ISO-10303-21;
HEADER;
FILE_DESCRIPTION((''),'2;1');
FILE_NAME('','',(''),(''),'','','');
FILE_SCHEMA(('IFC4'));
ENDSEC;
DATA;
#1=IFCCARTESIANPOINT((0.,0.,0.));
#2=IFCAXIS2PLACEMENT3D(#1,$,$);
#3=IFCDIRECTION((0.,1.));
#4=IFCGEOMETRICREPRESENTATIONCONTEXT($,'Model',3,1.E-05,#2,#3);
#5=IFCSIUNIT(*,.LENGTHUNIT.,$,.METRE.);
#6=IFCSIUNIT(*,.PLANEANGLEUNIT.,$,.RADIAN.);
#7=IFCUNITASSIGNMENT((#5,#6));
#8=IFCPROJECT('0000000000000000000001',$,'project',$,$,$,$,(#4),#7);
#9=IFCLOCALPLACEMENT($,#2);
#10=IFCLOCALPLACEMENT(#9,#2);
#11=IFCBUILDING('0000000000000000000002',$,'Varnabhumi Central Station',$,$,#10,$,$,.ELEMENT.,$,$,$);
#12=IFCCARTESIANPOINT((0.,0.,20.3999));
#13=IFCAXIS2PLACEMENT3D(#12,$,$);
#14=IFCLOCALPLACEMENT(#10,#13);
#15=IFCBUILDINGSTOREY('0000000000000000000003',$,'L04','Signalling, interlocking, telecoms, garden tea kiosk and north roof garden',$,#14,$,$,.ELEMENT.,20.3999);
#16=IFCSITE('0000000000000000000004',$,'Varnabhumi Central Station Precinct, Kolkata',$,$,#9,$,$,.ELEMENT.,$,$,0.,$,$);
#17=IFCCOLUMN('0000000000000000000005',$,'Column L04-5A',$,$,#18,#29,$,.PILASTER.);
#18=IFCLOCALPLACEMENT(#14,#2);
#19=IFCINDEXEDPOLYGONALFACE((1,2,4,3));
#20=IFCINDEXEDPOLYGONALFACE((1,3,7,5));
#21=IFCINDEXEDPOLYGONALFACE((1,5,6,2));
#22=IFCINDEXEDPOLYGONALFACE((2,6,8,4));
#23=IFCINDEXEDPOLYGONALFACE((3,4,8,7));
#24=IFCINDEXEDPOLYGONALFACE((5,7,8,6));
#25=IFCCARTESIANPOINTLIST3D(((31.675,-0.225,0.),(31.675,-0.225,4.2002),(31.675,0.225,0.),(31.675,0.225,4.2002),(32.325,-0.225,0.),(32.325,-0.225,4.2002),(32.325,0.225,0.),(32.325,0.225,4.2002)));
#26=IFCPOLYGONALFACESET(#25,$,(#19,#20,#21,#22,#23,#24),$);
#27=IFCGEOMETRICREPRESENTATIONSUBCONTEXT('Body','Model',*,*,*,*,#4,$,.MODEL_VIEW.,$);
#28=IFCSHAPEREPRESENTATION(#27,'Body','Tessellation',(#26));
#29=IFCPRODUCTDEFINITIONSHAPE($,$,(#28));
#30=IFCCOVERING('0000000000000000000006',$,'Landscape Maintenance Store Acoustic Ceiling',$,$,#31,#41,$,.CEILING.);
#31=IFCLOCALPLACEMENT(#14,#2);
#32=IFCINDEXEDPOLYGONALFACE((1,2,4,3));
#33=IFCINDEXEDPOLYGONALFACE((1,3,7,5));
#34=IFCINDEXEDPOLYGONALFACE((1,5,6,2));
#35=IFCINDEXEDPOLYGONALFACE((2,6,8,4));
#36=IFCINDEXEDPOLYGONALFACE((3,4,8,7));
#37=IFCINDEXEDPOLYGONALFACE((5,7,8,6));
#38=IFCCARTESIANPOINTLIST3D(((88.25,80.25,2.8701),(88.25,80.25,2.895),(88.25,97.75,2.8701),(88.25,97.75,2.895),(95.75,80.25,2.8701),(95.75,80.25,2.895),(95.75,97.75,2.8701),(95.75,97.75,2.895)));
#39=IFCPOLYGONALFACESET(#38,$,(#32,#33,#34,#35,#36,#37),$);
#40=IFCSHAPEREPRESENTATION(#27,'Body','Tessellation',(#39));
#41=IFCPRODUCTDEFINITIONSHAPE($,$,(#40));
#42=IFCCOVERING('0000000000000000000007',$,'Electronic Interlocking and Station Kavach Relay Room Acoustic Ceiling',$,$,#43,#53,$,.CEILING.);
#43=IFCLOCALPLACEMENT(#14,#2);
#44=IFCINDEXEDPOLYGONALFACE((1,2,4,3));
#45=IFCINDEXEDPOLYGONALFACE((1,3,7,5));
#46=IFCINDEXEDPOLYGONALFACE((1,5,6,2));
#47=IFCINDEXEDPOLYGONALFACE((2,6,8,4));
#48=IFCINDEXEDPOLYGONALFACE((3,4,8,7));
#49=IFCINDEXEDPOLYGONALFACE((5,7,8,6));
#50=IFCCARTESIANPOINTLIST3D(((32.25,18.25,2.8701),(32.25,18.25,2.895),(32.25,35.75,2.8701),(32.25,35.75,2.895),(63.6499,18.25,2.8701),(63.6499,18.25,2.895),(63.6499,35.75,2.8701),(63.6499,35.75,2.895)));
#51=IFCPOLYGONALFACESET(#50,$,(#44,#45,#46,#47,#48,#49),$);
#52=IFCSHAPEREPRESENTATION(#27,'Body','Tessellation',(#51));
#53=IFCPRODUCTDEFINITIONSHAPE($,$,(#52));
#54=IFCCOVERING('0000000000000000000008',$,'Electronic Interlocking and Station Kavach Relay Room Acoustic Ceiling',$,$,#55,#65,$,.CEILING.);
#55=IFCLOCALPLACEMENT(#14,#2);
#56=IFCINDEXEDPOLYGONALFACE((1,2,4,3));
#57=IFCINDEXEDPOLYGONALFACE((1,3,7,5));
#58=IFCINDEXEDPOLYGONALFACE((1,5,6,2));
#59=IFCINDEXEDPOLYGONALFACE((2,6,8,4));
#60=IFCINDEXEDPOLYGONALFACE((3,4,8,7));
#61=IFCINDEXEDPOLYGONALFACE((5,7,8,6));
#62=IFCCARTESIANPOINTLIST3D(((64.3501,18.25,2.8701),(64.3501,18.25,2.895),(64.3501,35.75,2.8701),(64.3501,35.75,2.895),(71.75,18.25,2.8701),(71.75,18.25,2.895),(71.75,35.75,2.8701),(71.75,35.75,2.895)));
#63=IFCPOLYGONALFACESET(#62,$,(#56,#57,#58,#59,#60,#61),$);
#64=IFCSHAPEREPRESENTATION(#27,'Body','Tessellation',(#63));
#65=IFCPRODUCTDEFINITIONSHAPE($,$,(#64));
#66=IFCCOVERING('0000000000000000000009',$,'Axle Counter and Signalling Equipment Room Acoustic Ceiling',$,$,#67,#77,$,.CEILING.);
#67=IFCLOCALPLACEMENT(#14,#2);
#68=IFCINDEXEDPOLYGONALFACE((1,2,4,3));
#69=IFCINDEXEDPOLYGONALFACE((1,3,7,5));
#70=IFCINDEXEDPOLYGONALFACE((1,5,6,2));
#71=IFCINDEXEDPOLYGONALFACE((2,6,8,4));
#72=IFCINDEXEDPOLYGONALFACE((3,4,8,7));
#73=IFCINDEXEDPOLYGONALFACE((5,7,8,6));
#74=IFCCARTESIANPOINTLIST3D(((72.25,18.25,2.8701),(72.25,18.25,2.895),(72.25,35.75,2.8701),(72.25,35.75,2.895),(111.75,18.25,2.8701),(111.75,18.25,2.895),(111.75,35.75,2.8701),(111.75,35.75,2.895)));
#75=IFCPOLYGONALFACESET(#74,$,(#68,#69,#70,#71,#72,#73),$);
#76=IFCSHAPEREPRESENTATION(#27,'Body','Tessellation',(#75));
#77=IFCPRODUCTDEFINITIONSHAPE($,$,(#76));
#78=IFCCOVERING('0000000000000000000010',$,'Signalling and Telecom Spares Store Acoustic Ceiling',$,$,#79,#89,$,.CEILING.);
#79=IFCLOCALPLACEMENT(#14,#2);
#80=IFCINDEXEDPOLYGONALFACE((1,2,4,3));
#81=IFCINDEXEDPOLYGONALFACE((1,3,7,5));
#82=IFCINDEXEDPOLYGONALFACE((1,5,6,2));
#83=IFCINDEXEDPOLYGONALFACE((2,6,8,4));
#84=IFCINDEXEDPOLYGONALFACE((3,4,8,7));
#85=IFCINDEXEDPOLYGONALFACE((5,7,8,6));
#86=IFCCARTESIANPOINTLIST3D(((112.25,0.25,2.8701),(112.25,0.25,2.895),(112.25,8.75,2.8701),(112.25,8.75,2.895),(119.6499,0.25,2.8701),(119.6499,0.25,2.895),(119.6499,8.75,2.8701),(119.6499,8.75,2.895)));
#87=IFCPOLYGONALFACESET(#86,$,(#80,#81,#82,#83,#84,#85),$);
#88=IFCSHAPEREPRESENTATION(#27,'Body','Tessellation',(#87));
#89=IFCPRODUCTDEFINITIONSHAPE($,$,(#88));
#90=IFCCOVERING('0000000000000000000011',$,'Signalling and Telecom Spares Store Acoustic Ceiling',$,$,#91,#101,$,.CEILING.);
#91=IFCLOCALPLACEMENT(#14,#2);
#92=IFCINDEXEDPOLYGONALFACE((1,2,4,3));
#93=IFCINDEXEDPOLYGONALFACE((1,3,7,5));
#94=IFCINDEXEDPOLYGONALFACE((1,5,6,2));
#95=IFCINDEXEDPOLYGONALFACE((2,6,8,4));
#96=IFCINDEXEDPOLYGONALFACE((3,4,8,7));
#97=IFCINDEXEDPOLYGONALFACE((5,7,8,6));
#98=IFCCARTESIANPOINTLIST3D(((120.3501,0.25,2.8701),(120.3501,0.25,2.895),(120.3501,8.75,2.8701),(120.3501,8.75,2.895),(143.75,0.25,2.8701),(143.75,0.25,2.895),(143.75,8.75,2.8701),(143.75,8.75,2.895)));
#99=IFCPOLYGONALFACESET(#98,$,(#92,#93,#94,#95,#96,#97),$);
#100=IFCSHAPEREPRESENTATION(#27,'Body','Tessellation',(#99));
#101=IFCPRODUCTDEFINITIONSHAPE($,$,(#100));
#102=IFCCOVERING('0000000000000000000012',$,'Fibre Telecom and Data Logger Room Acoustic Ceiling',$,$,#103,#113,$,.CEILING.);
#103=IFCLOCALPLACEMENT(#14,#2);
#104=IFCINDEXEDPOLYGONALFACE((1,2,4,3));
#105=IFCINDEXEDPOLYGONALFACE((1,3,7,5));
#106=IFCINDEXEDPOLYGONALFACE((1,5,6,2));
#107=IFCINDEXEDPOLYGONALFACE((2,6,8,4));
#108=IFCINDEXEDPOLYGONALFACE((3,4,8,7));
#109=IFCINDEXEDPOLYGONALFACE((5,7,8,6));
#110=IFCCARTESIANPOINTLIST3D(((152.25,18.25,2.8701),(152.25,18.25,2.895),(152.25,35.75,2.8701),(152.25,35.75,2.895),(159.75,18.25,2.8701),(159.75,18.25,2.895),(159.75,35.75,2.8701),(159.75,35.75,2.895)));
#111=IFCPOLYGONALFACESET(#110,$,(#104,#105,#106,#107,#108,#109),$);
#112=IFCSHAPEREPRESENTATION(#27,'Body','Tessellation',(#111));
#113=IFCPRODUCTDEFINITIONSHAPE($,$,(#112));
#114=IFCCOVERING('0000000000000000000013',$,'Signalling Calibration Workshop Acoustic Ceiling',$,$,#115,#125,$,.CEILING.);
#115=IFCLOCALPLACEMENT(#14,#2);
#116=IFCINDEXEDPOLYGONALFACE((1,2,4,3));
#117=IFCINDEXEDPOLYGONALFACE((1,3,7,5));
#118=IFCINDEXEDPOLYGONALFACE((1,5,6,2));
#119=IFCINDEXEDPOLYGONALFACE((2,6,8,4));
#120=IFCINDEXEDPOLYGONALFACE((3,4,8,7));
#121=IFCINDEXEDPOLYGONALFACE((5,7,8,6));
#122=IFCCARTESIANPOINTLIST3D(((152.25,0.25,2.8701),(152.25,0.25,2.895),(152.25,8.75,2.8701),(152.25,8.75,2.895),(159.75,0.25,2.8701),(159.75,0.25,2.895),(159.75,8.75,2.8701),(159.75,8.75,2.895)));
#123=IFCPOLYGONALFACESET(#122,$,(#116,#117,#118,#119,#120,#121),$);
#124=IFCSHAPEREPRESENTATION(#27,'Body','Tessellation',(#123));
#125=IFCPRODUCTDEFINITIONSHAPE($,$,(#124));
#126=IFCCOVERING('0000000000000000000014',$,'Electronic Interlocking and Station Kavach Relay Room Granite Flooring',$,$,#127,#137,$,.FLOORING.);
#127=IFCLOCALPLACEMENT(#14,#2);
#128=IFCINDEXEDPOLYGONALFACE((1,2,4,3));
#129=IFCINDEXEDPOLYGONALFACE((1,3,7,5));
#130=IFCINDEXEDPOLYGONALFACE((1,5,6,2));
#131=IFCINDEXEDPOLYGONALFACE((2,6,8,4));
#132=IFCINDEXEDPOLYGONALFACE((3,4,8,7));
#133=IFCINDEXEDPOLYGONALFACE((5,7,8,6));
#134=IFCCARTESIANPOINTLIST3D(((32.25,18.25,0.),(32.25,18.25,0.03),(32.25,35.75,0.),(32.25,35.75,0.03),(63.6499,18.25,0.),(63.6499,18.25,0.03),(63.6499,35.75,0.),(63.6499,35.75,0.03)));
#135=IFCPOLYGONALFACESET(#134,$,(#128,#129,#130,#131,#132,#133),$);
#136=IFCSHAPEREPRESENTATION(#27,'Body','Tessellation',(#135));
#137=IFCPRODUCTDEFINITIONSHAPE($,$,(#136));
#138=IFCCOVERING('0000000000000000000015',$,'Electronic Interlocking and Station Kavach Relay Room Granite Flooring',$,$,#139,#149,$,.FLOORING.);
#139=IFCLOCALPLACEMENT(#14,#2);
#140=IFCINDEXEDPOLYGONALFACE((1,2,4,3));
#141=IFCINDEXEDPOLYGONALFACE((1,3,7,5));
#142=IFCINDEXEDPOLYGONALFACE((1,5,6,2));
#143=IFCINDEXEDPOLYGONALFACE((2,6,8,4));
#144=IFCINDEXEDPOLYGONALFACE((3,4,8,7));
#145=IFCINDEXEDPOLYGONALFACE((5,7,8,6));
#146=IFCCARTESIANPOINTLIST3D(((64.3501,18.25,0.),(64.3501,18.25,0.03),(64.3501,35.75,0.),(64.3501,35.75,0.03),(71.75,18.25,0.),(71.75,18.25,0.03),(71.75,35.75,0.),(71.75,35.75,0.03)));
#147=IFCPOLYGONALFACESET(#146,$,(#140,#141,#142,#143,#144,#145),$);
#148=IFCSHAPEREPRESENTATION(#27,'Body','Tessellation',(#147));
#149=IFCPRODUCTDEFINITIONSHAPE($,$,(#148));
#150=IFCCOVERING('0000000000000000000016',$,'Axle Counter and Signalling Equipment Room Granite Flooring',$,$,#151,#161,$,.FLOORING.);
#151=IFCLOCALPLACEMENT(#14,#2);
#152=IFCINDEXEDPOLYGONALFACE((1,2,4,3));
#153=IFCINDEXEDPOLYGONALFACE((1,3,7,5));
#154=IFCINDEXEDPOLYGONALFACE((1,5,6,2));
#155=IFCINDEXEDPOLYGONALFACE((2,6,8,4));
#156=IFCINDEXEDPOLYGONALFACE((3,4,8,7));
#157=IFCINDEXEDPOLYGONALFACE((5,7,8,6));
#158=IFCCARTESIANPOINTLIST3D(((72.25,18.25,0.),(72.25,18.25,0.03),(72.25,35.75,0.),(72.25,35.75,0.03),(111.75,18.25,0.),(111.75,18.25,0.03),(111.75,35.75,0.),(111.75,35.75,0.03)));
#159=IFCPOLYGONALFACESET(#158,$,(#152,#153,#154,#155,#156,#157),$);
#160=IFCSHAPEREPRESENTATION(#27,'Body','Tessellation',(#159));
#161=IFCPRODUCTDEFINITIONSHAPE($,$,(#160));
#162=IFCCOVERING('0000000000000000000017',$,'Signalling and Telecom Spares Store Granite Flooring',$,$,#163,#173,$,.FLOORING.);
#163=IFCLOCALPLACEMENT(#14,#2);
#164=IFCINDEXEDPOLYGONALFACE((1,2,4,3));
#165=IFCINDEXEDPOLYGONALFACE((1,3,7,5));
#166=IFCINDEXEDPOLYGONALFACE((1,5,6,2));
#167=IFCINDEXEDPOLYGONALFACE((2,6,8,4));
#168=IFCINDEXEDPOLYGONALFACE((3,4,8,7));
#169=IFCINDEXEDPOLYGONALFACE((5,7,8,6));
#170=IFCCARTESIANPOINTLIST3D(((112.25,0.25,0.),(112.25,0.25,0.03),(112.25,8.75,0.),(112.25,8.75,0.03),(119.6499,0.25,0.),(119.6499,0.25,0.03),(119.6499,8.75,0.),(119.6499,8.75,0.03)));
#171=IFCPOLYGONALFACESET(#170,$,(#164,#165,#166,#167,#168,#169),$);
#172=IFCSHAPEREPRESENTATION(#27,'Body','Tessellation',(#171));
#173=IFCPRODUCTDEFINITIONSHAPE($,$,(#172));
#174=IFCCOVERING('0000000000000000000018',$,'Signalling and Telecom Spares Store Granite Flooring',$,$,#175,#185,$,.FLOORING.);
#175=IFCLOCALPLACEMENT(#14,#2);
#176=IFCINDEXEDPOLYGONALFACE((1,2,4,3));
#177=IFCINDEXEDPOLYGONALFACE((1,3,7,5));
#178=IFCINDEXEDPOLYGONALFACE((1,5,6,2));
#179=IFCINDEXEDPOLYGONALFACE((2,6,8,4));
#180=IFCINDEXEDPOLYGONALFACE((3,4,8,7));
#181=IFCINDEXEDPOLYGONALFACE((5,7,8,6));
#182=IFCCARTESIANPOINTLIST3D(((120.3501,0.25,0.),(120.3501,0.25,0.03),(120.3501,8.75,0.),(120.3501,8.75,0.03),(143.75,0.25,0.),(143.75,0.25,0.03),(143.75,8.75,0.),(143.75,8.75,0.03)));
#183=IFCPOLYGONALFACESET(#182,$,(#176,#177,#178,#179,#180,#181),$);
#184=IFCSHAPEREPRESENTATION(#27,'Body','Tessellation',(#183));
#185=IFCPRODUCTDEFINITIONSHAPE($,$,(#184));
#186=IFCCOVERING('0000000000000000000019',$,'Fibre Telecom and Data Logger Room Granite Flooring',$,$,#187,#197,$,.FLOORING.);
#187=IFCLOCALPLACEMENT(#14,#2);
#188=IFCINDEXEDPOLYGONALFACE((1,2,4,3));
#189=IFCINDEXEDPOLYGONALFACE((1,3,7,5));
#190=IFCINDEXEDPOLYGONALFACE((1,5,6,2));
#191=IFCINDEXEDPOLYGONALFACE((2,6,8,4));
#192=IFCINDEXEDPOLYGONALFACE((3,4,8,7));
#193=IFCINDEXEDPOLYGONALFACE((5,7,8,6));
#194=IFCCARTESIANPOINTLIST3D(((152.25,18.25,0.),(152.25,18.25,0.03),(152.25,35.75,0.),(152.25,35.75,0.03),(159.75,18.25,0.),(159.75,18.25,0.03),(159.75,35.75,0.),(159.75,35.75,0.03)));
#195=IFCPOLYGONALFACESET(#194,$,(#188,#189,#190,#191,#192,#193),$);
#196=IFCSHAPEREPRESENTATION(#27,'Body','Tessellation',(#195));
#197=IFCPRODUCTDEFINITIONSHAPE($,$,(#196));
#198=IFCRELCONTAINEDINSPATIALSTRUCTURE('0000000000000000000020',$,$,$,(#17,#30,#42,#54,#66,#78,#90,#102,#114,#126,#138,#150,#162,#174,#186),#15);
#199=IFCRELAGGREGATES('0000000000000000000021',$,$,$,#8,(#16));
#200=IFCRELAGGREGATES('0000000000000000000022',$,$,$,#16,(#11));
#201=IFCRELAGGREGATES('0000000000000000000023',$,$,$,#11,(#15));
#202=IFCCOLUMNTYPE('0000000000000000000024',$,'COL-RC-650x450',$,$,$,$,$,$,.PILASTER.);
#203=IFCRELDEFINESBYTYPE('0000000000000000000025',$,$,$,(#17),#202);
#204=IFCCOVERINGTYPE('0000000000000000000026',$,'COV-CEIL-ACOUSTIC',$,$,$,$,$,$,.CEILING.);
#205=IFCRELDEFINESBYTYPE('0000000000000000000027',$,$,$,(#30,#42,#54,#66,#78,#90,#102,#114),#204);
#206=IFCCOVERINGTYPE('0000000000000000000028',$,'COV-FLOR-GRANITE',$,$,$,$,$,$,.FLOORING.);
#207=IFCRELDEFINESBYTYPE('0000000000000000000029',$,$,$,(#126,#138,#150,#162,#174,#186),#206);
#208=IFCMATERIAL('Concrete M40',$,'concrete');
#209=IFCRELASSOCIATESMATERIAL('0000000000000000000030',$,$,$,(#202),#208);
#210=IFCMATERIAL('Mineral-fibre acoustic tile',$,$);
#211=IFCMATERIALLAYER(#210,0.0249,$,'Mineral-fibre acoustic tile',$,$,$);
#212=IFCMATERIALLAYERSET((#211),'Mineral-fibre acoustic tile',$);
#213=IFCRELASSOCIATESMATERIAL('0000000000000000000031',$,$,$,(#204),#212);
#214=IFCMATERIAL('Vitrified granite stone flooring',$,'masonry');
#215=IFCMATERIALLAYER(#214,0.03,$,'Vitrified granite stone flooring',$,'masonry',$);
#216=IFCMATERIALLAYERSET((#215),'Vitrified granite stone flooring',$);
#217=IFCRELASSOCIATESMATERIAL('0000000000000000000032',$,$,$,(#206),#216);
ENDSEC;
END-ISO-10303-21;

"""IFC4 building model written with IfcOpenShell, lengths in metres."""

from ifc_helpers import new_model, si_unit, direction, frame, origin, origin_2d, place, context, subcontext, project, spatial, polyline, rectangle, outline, extrude, material, layer, layer_set, material_profile, profile_set, type_object, element, save


model = new_model("IFC4")

# Units and contexts
model_context = context("Model", 3, precision=1e-05, world=origin(), true_north=direction((0.0, 1.0)))
body_context = subcontext(model_context, "Body", "Model", "MODEL_VIEW")
ifc_project = project(units=[si_unit("LENGTHUNIT", "METRE"), si_unit("PLANEANGLEUNIT", "RADIAN")], contexts=[model_context])

# Site, building, storey
site_placement = place(None, origin())
site = spatial("IfcSite", under=ifc_project, at=site_placement, Name="Varnabhumi Central Station Precinct, Kolkata", CompositionType="ELEMENT", RefElevation=0.0)
building_placement = place(site_placement, origin())
building = spatial("IfcBuilding", under=site, at=building_placement, Name="Varnabhumi Central Station", CompositionType="ELEMENT")
storey_placement = place(building_placement, frame((0.0, 0.0, 20.3999)))
storey = spatial("IfcBuildingStorey", under=building, at=storey_placement, Name="L04", Description="Signalling, interlocking, telecoms, garden tea kiosk and north roof garden", CompositionType="ELEMENT", Elevation=20.3999)

# Column
ifc_material_1 = material(Name="Concrete M40", Category="concrete")
ifc_material_profile = material_profile(ifc_material_1, rectangle(XDim=0.6499, YDim=0.45, at=origin_2d()), Name="Concrete M40", Category="concrete")
ifc_profile_set = profile_set([ifc_material_profile], Name="Concrete M40")
column_type = type_object("IfcColumnType", Name="COL-RC-650x450", PredefinedType="PILASTER", material=ifc_profile_set)
column_placement = place(storey_placement, frame((32.0, 0.0, 0.0), z_axis=(0.0, 0.0, 1.0), x_axis=(1.0, 0.0, 0.0)))
element("IfcColumn", 1, at=column_placement, inside=storey, type_object=column_type, Name="Column L04-5A", PredefinedType="PILASTER", context=body_context, shape_type="SweptSolid", body=[
    extrude(rectangle(XDim=0.6499, YDim=0.45, at=origin_2d()), origin(), (0.0, 0.0, 1.0), 4.2002),
])

# Coverings
ifc_material_2 = material(Name="Mineral-fibre acoustic tile")
ifc_layer_1 = layer(ifc_material_2, 0.0249, Name="Mineral-fibre acoustic tile")
ifc_layer_set_1 = layer_set([ifc_layer_1], Name="Mineral-fibre acoustic tile")
covering_type_1 = type_object("IfcCoveringType", Name="COV-CEIL-ACOUSTIC", PredefinedType="CEILING", material=ifc_layer_set_1)
covering_1_placement = place(storey_placement, frame((0.0, 0.0, 2.8701)))
element("IfcCovering", 2, at=covering_1_placement, inside=storey, type_object=covering_type_1, Name="Landscape Maintenance Store Acoustic Ceiling", PredefinedType="CEILING", context=body_context, shape_type="SweptSolid", body=[
    extrude(outline(polyline([(88.25, 80.25), (95.75, 80.25), (95.75, 97.75), (88.25, 97.75), (88.25, 80.25)])), origin(), (0.0, 0.0, 1.0), 0.0249),
])
covering_2_placement = place(storey_placement, frame((0.0, 0.0, 2.8701)))
element("IfcCovering", 3, at=covering_2_placement, inside=storey, type_object=covering_type_1, Name="Electronic Interlocking and Station Kavach Relay Room Acoustic Ceiling", PredefinedType="CEILING", context=body_context, shape_type="SweptSolid", body=[
    extrude(outline(polyline([(32.25, 18.25), (63.6499, 18.25), (63.6499, 35.75), (32.25, 35.75), (32.25, 18.25)])), origin(), (0.0, 0.0, 1.0), 0.0249),
])
covering_3_placement = place(storey_placement, frame((0.0, 0.0, 2.8701)))
element("IfcCovering", 4, at=covering_3_placement, inside=storey, type_object=covering_type_1, Name="Electronic Interlocking and Station Kavach Relay Room Acoustic Ceiling", PredefinedType="CEILING", context=body_context, shape_type="SweptSolid", body=[
    extrude(outline(polyline([(64.3501, 18.25), (71.75, 18.25), (71.75, 35.75), (64.3501, 35.75), (64.3501, 18.25)])), origin(), (0.0, 0.0, 1.0), 0.0249),
])
covering_4_placement = place(storey_placement, frame((0.0, 0.0, 2.8701)))
element("IfcCovering", 5, at=covering_4_placement, inside=storey, type_object=covering_type_1, Name="Axle Counter and Signalling Equipment Room Acoustic Ceiling", PredefinedType="CEILING", context=body_context, shape_type="SweptSolid", body=[
    extrude(outline(polyline([(72.25, 18.25), (111.75, 18.25), (111.75, 35.75), (72.25, 35.75), (72.25, 18.25)])), origin(), (0.0, 0.0, 1.0), 0.0249),
])
covering_5_placement = place(storey_placement, frame((0.0, 0.0, 2.8701)))
element("IfcCovering", 6, at=covering_5_placement, inside=storey, type_object=covering_type_1, Name="Signalling and Telecom Spares Store Acoustic Ceiling", PredefinedType="CEILING", context=body_context, shape_type="SweptSolid", body=[
    extrude(outline(polyline([(112.25, 0.25), (119.6499, 0.25), (119.6499, 8.75), (112.25, 8.75), (112.25, 0.25)])), origin(), (0.0, 0.0, 1.0), 0.0249),
])
covering_6_placement = place(storey_placement, frame((0.0, 0.0, 2.8701)))
element("IfcCovering", 7, at=covering_6_placement, inside=storey, type_object=covering_type_1, Name="Signalling and Telecom Spares Store Acoustic Ceiling", PredefinedType="CEILING", context=body_context, shape_type="SweptSolid", body=[
    extrude(outline(polyline([(120.3501, 0.25), (143.75, 0.25), (143.75, 8.75), (120.3501, 8.75), (120.3501, 0.25)])), origin(), (0.0, 0.0, 1.0), 0.0249),
])
covering_7_placement = place(storey_placement, frame((0.0, 0.0, 2.8701)))
element("IfcCovering", 8, at=covering_7_placement, inside=storey, type_object=covering_type_1, Name="Fibre Telecom and Data Logger Room Acoustic Ceiling", PredefinedType="CEILING", context=body_context, shape_type="SweptSolid", body=[
    extrude(outline(polyline([(152.25, 18.25), (159.75, 18.25), (159.75, 35.75), (152.25, 35.75), (152.25, 18.25)])), origin(), (0.0, 0.0, 1.0), 0.0249),
])
covering_8_placement = place(storey_placement, frame((0.0, 0.0, 2.8701)))
element("IfcCovering", 9, at=covering_8_placement, inside=storey, type_object=covering_type_1, Name="Signalling Calibration Workshop Acoustic Ceiling", PredefinedType="CEILING", context=body_context, shape_type="SweptSolid", body=[
    extrude(outline(polyline([(152.25, 0.25), (159.75, 0.25), (159.75, 8.75), (152.25, 8.75), (152.25, 0.25)])), origin(), (0.0, 0.0, 1.0), 0.0249),
])
ifc_material_3 = material(Name="Vitrified granite stone flooring", Category="masonry")
ifc_layer_2 = layer(ifc_material_3, 0.03, Name="Vitrified granite stone flooring", Category="masonry")
ifc_layer_set_2 = layer_set([ifc_layer_2], Name="Vitrified granite stone flooring")
covering_type_2 = type_object("IfcCoveringType", Name="COV-FLOR-GRANITE", PredefinedType="FLOORING", material=ifc_layer_set_2)
covering_9_placement = place(storey_placement, origin())
element("IfcCovering", 10, at=covering_9_placement, inside=storey, type_object=covering_type_2, Name="Electronic Interlocking and Station Kavach Relay Room Granite Flooring", PredefinedType="FLOORING", context=body_context, shape_type="SweptSolid", body=[
    extrude(outline(polyline([(32.25, 18.25), (63.6499, 18.25), (63.6499, 35.75), (32.25, 35.75), (32.25, 18.25)])), origin(), (0.0, 0.0, 1.0), 0.03),
])
covering_10_placement = place(storey_placement, origin())
element("IfcCovering", 11, at=covering_10_placement, inside=storey, type_object=covering_type_2, Name="Electronic Interlocking and Station Kavach Relay Room Granite Flooring", PredefinedType="FLOORING", context=body_context, shape_type="SweptSolid", body=[
    extrude(outline(polyline([(64.3501, 18.25), (71.75, 18.25), (71.75, 35.75), (64.3501, 35.75), (64.3501, 18.25)])), origin(), (0.0, 0.0, 1.0), 0.03),
])
covering_11_placement = place(storey_placement, origin())
element("IfcCovering", 12, at=covering_11_placement, inside=storey, type_object=covering_type_2, Name="Axle Counter and Signalling Equipment Room Granite Flooring", PredefinedType="FLOORING", context=body_context, shape_type="SweptSolid", body=[
    extrude(outline(polyline([(72.25, 18.25), (111.75, 18.25), (111.75, 35.75), (72.25, 35.75), (72.25, 18.25)])), origin(), (0.0, 0.0, 1.0), 0.03),
])
covering_12_placement = place(storey_placement, origin())
element("IfcCovering", 13, at=covering_12_placement, inside=storey, type_object=covering_type_2, Name="Signalling and Telecom Spares Store Granite Flooring", PredefinedType="FLOORING", context=body_context, shape_type="SweptSolid", body=[
    extrude(outline(polyline([(112.25, 0.25), (119.6499, 0.25), (119.6499, 8.75), (112.25, 8.75), (112.25, 0.25)])), origin(), (0.0, 0.0, 1.0), 0.03),
])
covering_13_placement = place(storey_placement, origin())
element("IfcCovering", 14, at=covering_13_placement, inside=storey, type_object=covering_type_2, Name="Signalling and Telecom Spares Store Granite Flooring", PredefinedType="FLOORING", context=body_context, shape_type="SweptSolid", body=[
    extrude(outline(polyline([(120.3501, 0.25), (143.75, 0.25), (143.75, 8.75), (120.3501, 8.75), (120.3501, 0.25)])), origin(), (0.0, 0.0, 1.0), 0.03),
])
covering_14_placement = place(storey_placement, origin())
element("IfcCovering", 15, at=covering_14_placement, inside=storey, type_object=covering_type_2, Name="Fibre Telecom and Data Logger Room Granite Flooring", PredefinedType="FLOORING", context=body_context, shape_type="SweptSolid", body=[
    extrude(outline(polyline([(152.25, 18.25), (159.75, 18.25), (159.75, 35.75), (152.25, 35.75), (152.25, 18.25)])), origin(), (0.0, 0.0, 1.0), 0.03),
])

save(model, "model.ifc")
